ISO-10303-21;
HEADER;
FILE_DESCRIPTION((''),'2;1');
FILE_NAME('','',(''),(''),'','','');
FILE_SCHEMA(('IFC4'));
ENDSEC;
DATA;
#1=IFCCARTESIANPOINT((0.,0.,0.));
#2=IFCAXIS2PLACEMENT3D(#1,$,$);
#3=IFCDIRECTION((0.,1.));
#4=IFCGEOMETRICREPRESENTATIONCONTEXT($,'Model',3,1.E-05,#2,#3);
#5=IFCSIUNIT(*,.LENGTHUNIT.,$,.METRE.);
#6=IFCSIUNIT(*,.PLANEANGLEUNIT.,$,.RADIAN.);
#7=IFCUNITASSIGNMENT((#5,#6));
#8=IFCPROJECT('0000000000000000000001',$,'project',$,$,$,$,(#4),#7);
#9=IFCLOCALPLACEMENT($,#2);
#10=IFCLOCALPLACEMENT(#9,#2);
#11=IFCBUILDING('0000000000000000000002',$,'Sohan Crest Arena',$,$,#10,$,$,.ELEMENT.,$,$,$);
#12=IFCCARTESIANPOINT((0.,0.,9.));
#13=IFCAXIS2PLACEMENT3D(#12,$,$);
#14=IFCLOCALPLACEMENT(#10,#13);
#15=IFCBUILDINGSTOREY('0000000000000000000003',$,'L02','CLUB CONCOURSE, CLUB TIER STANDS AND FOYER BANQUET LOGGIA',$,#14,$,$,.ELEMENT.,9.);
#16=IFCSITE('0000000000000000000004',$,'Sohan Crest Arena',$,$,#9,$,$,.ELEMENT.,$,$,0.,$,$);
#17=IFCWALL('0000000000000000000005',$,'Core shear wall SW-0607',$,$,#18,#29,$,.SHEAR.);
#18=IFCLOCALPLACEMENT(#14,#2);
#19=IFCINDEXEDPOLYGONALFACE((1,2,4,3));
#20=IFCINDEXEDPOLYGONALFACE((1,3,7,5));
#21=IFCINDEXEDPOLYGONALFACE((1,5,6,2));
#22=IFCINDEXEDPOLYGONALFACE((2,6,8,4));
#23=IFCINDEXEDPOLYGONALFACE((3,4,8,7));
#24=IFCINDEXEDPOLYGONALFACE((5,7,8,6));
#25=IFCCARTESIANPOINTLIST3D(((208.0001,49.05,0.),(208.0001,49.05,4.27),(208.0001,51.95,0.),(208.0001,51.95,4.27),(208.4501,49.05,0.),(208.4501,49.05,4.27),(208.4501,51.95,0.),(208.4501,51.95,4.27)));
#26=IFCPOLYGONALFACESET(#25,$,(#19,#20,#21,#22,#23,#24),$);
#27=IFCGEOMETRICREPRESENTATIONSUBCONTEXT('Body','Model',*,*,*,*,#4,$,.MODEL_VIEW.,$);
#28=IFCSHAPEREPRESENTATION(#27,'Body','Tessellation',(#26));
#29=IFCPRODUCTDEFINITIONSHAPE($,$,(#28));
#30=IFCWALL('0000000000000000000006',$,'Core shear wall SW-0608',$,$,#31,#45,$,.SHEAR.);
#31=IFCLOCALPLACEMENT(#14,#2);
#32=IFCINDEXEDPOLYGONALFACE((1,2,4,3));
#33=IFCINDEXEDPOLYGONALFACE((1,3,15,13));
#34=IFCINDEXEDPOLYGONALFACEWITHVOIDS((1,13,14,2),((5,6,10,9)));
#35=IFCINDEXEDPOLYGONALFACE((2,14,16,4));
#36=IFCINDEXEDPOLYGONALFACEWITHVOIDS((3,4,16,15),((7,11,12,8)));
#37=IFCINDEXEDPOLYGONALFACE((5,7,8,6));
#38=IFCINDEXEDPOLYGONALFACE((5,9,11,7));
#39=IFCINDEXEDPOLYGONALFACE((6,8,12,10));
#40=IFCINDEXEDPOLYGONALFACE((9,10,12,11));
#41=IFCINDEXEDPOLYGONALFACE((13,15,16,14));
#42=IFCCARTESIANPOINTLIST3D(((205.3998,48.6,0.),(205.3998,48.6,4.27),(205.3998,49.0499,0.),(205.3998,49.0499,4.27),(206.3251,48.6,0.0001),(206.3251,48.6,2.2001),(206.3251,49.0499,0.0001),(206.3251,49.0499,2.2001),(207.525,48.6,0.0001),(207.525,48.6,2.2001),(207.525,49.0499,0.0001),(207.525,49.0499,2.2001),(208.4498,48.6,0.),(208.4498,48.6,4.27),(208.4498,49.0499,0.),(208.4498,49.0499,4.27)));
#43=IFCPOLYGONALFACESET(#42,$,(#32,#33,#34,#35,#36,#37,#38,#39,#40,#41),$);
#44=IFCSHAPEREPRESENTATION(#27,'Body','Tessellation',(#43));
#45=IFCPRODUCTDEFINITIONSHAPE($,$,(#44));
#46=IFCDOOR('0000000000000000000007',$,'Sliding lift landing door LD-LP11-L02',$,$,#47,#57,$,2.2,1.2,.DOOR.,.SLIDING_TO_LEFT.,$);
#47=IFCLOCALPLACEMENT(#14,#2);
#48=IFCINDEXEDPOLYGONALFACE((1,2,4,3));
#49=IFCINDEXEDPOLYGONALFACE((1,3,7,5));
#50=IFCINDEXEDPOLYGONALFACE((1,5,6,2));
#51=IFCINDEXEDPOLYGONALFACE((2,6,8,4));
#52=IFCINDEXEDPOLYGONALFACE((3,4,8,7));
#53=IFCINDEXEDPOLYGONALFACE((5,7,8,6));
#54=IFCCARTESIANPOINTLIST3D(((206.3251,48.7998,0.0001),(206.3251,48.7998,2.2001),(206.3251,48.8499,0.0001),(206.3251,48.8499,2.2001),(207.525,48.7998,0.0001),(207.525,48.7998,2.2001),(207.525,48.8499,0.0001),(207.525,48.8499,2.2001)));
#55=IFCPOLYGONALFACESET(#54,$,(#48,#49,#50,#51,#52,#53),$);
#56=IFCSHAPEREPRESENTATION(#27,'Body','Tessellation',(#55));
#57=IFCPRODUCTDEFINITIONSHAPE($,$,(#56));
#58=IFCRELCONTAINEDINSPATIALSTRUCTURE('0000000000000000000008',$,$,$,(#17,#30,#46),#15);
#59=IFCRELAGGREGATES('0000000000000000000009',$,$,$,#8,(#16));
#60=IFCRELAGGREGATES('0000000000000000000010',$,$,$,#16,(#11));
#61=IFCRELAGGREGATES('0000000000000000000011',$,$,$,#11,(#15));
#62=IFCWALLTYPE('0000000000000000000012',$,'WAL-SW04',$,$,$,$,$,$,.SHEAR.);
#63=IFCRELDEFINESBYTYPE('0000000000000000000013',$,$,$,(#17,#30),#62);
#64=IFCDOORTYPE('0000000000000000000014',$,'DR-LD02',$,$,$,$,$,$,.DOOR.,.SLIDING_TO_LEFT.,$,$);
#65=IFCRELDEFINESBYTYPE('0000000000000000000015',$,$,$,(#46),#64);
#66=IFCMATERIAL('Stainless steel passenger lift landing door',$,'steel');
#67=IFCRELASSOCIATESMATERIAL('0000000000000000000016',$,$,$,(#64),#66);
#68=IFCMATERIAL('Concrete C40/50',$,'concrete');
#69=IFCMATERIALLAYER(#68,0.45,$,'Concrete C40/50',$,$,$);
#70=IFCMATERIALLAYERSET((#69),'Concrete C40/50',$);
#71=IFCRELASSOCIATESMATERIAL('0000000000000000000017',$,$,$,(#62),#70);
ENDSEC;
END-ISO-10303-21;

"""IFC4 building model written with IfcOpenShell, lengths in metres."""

from ifc_helpers import new_model, si_unit, direction, frame, frame_2d, origin, place, context, subcontext, project, spatial, rectangle, extrude, material, layer, layer_set, type_object, element, fill, save


model = new_model("IFC4")

# Units and contexts
model_context = context("Model", 3, precision=1e-05, world=origin(), true_north=direction((0.0, 1.0)))
body_context = subcontext(model_context, "Body", "Model", "MODEL_VIEW")
ifc_project = project(units=[si_unit("LENGTHUNIT", "METRE"), si_unit("PLANEANGLEUNIT", "RADIAN")], contexts=[model_context])

# Site, building, storey
site_placement = place(None, origin())
site = spatial("IfcSite", under=ifc_project, at=site_placement, Name="Sohan Crest Arena", CompositionType="ELEMENT", RefElevation=0.0)
building_placement = place(site_placement, origin())
building = spatial("IfcBuilding", under=site, at=building_placement, Name="Sohan Crest Arena", CompositionType="ELEMENT")
storey_placement = place(building_placement, frame((0.0, 0.0, 9.0)))
storey = spatial("IfcBuildingStorey", under=building, at=storey_placement, Name="L02", Description="CLUB CONCOURSE, CLUB TIER STANDS AND FOYER BANQUET LOGGIA", CompositionType="ELEMENT", Elevation=9.0)

# Shared definitions
ifc_material_1 = material(Name="Concrete C40/50", Category="concrete")

# Shared definitions
ifc_material_2 = material(Name="Stainless steel passenger lift landing door", Category="steel")
door_type = type_object("IfcDoorType", Name="DR-LD02", OperationType="SLIDING_TO_LEFT", PredefinedType="DOOR", material=ifc_material_2)

# Wall
ifc_layer_1 = layer(ifc_material_1, 0.45, Name="Concrete C40/50")
ifc_layer_set_1 = layer_set([ifc_layer_1], Name="Concrete C40/50")
wall_type_1 = type_object("IfcWallType", Name="WAL-SW04", PredefinedType="SHEAR", material=ifc_layer_set_1)
wall_1_placement = place(storey_placement, frame((208.2251, 49.05, 0.0), z_axis=(0.0, 0.0, 1.0), x_axis=(0.0, 1.0, 0.0)))
element("IfcWall", 1, at=wall_1_placement, inside=storey, type_object=wall_type_1, Name="Core shear wall SW-0607", PredefinedType="SHEAR", context=body_context, shape_type="SweptSolid", body=[
    extrude(rectangle(XDim=2.8999, YDim=0.45, at=frame_2d((1.45, 0.0))), origin(), (0.0, 0.0, 1.0), 4.27),
])

# Wall, opening, door
wall_2_placement = place(storey_placement, frame((205.3999, 48.825, 0.0), z_axis=(0.0, 0.0, 1.0), x_axis=(1.0, 0.0, 0.0)))
wall_2 = element("IfcWall", 2, at=wall_2_placement, inside=storey, type_object=wall_type_1, Name="Core shear wall SW-0608", PredefinedType="SHEAR", context=body_context, shape_type="SweptSolid", body=[
    extrude(rectangle(XDim=3.05, YDim=0.45, at=frame_2d((1.5249, 0.0))), origin(), (0.0, 0.0, 1.0), 4.27),
])
opening_1_placement = place(wall_2_placement, frame((0.925, 0.0, 0.0)))
opening_1 = element("IfcOpeningElement", 3, at=opening_1_placement, cuts=wall_2, PredefinedType="OPENING", context=body_context, shape_type="SweptSolid", body=[
    extrude(rectangle(XDim=1.2, YDim=2.2, at=frame_2d((0.6001, 1.1001))), frame((0.0, 0.2349, 0.0), z_axis=(0.0, -1.0, 0.0), x_axis=(1.0, 0.0, 0.0)), (0.0, 0.0, 1.0), 0.47),
])
door_1_placement = place(opening_1_placement, origin())
door_1 = element("IfcDoor", 4, at=door_1_placement, inside=storey, type_object=door_type, Name="Sliding lift landing door LD-LP11-L02", OperationType="SLIDING_TO_LEFT", OverallHeight=2.2, OverallWidth=1.2, PredefinedType="DOOR", context=body_context, shape_type="SweptSolid", body=[
    extrude(rectangle(XDim=1.2, YDim=2.2, at=frame_2d((0.6001, 1.1001))), frame((0.0, 0.0249, 0.0), z_axis=(0.0, -1.0, 0.0), x_axis=(1.0, 0.0, 0.0)), (0.0, 0.0, 1.0), 0.05),
])
fill(opening_1, door_1)

save(model, "model.ifc")
